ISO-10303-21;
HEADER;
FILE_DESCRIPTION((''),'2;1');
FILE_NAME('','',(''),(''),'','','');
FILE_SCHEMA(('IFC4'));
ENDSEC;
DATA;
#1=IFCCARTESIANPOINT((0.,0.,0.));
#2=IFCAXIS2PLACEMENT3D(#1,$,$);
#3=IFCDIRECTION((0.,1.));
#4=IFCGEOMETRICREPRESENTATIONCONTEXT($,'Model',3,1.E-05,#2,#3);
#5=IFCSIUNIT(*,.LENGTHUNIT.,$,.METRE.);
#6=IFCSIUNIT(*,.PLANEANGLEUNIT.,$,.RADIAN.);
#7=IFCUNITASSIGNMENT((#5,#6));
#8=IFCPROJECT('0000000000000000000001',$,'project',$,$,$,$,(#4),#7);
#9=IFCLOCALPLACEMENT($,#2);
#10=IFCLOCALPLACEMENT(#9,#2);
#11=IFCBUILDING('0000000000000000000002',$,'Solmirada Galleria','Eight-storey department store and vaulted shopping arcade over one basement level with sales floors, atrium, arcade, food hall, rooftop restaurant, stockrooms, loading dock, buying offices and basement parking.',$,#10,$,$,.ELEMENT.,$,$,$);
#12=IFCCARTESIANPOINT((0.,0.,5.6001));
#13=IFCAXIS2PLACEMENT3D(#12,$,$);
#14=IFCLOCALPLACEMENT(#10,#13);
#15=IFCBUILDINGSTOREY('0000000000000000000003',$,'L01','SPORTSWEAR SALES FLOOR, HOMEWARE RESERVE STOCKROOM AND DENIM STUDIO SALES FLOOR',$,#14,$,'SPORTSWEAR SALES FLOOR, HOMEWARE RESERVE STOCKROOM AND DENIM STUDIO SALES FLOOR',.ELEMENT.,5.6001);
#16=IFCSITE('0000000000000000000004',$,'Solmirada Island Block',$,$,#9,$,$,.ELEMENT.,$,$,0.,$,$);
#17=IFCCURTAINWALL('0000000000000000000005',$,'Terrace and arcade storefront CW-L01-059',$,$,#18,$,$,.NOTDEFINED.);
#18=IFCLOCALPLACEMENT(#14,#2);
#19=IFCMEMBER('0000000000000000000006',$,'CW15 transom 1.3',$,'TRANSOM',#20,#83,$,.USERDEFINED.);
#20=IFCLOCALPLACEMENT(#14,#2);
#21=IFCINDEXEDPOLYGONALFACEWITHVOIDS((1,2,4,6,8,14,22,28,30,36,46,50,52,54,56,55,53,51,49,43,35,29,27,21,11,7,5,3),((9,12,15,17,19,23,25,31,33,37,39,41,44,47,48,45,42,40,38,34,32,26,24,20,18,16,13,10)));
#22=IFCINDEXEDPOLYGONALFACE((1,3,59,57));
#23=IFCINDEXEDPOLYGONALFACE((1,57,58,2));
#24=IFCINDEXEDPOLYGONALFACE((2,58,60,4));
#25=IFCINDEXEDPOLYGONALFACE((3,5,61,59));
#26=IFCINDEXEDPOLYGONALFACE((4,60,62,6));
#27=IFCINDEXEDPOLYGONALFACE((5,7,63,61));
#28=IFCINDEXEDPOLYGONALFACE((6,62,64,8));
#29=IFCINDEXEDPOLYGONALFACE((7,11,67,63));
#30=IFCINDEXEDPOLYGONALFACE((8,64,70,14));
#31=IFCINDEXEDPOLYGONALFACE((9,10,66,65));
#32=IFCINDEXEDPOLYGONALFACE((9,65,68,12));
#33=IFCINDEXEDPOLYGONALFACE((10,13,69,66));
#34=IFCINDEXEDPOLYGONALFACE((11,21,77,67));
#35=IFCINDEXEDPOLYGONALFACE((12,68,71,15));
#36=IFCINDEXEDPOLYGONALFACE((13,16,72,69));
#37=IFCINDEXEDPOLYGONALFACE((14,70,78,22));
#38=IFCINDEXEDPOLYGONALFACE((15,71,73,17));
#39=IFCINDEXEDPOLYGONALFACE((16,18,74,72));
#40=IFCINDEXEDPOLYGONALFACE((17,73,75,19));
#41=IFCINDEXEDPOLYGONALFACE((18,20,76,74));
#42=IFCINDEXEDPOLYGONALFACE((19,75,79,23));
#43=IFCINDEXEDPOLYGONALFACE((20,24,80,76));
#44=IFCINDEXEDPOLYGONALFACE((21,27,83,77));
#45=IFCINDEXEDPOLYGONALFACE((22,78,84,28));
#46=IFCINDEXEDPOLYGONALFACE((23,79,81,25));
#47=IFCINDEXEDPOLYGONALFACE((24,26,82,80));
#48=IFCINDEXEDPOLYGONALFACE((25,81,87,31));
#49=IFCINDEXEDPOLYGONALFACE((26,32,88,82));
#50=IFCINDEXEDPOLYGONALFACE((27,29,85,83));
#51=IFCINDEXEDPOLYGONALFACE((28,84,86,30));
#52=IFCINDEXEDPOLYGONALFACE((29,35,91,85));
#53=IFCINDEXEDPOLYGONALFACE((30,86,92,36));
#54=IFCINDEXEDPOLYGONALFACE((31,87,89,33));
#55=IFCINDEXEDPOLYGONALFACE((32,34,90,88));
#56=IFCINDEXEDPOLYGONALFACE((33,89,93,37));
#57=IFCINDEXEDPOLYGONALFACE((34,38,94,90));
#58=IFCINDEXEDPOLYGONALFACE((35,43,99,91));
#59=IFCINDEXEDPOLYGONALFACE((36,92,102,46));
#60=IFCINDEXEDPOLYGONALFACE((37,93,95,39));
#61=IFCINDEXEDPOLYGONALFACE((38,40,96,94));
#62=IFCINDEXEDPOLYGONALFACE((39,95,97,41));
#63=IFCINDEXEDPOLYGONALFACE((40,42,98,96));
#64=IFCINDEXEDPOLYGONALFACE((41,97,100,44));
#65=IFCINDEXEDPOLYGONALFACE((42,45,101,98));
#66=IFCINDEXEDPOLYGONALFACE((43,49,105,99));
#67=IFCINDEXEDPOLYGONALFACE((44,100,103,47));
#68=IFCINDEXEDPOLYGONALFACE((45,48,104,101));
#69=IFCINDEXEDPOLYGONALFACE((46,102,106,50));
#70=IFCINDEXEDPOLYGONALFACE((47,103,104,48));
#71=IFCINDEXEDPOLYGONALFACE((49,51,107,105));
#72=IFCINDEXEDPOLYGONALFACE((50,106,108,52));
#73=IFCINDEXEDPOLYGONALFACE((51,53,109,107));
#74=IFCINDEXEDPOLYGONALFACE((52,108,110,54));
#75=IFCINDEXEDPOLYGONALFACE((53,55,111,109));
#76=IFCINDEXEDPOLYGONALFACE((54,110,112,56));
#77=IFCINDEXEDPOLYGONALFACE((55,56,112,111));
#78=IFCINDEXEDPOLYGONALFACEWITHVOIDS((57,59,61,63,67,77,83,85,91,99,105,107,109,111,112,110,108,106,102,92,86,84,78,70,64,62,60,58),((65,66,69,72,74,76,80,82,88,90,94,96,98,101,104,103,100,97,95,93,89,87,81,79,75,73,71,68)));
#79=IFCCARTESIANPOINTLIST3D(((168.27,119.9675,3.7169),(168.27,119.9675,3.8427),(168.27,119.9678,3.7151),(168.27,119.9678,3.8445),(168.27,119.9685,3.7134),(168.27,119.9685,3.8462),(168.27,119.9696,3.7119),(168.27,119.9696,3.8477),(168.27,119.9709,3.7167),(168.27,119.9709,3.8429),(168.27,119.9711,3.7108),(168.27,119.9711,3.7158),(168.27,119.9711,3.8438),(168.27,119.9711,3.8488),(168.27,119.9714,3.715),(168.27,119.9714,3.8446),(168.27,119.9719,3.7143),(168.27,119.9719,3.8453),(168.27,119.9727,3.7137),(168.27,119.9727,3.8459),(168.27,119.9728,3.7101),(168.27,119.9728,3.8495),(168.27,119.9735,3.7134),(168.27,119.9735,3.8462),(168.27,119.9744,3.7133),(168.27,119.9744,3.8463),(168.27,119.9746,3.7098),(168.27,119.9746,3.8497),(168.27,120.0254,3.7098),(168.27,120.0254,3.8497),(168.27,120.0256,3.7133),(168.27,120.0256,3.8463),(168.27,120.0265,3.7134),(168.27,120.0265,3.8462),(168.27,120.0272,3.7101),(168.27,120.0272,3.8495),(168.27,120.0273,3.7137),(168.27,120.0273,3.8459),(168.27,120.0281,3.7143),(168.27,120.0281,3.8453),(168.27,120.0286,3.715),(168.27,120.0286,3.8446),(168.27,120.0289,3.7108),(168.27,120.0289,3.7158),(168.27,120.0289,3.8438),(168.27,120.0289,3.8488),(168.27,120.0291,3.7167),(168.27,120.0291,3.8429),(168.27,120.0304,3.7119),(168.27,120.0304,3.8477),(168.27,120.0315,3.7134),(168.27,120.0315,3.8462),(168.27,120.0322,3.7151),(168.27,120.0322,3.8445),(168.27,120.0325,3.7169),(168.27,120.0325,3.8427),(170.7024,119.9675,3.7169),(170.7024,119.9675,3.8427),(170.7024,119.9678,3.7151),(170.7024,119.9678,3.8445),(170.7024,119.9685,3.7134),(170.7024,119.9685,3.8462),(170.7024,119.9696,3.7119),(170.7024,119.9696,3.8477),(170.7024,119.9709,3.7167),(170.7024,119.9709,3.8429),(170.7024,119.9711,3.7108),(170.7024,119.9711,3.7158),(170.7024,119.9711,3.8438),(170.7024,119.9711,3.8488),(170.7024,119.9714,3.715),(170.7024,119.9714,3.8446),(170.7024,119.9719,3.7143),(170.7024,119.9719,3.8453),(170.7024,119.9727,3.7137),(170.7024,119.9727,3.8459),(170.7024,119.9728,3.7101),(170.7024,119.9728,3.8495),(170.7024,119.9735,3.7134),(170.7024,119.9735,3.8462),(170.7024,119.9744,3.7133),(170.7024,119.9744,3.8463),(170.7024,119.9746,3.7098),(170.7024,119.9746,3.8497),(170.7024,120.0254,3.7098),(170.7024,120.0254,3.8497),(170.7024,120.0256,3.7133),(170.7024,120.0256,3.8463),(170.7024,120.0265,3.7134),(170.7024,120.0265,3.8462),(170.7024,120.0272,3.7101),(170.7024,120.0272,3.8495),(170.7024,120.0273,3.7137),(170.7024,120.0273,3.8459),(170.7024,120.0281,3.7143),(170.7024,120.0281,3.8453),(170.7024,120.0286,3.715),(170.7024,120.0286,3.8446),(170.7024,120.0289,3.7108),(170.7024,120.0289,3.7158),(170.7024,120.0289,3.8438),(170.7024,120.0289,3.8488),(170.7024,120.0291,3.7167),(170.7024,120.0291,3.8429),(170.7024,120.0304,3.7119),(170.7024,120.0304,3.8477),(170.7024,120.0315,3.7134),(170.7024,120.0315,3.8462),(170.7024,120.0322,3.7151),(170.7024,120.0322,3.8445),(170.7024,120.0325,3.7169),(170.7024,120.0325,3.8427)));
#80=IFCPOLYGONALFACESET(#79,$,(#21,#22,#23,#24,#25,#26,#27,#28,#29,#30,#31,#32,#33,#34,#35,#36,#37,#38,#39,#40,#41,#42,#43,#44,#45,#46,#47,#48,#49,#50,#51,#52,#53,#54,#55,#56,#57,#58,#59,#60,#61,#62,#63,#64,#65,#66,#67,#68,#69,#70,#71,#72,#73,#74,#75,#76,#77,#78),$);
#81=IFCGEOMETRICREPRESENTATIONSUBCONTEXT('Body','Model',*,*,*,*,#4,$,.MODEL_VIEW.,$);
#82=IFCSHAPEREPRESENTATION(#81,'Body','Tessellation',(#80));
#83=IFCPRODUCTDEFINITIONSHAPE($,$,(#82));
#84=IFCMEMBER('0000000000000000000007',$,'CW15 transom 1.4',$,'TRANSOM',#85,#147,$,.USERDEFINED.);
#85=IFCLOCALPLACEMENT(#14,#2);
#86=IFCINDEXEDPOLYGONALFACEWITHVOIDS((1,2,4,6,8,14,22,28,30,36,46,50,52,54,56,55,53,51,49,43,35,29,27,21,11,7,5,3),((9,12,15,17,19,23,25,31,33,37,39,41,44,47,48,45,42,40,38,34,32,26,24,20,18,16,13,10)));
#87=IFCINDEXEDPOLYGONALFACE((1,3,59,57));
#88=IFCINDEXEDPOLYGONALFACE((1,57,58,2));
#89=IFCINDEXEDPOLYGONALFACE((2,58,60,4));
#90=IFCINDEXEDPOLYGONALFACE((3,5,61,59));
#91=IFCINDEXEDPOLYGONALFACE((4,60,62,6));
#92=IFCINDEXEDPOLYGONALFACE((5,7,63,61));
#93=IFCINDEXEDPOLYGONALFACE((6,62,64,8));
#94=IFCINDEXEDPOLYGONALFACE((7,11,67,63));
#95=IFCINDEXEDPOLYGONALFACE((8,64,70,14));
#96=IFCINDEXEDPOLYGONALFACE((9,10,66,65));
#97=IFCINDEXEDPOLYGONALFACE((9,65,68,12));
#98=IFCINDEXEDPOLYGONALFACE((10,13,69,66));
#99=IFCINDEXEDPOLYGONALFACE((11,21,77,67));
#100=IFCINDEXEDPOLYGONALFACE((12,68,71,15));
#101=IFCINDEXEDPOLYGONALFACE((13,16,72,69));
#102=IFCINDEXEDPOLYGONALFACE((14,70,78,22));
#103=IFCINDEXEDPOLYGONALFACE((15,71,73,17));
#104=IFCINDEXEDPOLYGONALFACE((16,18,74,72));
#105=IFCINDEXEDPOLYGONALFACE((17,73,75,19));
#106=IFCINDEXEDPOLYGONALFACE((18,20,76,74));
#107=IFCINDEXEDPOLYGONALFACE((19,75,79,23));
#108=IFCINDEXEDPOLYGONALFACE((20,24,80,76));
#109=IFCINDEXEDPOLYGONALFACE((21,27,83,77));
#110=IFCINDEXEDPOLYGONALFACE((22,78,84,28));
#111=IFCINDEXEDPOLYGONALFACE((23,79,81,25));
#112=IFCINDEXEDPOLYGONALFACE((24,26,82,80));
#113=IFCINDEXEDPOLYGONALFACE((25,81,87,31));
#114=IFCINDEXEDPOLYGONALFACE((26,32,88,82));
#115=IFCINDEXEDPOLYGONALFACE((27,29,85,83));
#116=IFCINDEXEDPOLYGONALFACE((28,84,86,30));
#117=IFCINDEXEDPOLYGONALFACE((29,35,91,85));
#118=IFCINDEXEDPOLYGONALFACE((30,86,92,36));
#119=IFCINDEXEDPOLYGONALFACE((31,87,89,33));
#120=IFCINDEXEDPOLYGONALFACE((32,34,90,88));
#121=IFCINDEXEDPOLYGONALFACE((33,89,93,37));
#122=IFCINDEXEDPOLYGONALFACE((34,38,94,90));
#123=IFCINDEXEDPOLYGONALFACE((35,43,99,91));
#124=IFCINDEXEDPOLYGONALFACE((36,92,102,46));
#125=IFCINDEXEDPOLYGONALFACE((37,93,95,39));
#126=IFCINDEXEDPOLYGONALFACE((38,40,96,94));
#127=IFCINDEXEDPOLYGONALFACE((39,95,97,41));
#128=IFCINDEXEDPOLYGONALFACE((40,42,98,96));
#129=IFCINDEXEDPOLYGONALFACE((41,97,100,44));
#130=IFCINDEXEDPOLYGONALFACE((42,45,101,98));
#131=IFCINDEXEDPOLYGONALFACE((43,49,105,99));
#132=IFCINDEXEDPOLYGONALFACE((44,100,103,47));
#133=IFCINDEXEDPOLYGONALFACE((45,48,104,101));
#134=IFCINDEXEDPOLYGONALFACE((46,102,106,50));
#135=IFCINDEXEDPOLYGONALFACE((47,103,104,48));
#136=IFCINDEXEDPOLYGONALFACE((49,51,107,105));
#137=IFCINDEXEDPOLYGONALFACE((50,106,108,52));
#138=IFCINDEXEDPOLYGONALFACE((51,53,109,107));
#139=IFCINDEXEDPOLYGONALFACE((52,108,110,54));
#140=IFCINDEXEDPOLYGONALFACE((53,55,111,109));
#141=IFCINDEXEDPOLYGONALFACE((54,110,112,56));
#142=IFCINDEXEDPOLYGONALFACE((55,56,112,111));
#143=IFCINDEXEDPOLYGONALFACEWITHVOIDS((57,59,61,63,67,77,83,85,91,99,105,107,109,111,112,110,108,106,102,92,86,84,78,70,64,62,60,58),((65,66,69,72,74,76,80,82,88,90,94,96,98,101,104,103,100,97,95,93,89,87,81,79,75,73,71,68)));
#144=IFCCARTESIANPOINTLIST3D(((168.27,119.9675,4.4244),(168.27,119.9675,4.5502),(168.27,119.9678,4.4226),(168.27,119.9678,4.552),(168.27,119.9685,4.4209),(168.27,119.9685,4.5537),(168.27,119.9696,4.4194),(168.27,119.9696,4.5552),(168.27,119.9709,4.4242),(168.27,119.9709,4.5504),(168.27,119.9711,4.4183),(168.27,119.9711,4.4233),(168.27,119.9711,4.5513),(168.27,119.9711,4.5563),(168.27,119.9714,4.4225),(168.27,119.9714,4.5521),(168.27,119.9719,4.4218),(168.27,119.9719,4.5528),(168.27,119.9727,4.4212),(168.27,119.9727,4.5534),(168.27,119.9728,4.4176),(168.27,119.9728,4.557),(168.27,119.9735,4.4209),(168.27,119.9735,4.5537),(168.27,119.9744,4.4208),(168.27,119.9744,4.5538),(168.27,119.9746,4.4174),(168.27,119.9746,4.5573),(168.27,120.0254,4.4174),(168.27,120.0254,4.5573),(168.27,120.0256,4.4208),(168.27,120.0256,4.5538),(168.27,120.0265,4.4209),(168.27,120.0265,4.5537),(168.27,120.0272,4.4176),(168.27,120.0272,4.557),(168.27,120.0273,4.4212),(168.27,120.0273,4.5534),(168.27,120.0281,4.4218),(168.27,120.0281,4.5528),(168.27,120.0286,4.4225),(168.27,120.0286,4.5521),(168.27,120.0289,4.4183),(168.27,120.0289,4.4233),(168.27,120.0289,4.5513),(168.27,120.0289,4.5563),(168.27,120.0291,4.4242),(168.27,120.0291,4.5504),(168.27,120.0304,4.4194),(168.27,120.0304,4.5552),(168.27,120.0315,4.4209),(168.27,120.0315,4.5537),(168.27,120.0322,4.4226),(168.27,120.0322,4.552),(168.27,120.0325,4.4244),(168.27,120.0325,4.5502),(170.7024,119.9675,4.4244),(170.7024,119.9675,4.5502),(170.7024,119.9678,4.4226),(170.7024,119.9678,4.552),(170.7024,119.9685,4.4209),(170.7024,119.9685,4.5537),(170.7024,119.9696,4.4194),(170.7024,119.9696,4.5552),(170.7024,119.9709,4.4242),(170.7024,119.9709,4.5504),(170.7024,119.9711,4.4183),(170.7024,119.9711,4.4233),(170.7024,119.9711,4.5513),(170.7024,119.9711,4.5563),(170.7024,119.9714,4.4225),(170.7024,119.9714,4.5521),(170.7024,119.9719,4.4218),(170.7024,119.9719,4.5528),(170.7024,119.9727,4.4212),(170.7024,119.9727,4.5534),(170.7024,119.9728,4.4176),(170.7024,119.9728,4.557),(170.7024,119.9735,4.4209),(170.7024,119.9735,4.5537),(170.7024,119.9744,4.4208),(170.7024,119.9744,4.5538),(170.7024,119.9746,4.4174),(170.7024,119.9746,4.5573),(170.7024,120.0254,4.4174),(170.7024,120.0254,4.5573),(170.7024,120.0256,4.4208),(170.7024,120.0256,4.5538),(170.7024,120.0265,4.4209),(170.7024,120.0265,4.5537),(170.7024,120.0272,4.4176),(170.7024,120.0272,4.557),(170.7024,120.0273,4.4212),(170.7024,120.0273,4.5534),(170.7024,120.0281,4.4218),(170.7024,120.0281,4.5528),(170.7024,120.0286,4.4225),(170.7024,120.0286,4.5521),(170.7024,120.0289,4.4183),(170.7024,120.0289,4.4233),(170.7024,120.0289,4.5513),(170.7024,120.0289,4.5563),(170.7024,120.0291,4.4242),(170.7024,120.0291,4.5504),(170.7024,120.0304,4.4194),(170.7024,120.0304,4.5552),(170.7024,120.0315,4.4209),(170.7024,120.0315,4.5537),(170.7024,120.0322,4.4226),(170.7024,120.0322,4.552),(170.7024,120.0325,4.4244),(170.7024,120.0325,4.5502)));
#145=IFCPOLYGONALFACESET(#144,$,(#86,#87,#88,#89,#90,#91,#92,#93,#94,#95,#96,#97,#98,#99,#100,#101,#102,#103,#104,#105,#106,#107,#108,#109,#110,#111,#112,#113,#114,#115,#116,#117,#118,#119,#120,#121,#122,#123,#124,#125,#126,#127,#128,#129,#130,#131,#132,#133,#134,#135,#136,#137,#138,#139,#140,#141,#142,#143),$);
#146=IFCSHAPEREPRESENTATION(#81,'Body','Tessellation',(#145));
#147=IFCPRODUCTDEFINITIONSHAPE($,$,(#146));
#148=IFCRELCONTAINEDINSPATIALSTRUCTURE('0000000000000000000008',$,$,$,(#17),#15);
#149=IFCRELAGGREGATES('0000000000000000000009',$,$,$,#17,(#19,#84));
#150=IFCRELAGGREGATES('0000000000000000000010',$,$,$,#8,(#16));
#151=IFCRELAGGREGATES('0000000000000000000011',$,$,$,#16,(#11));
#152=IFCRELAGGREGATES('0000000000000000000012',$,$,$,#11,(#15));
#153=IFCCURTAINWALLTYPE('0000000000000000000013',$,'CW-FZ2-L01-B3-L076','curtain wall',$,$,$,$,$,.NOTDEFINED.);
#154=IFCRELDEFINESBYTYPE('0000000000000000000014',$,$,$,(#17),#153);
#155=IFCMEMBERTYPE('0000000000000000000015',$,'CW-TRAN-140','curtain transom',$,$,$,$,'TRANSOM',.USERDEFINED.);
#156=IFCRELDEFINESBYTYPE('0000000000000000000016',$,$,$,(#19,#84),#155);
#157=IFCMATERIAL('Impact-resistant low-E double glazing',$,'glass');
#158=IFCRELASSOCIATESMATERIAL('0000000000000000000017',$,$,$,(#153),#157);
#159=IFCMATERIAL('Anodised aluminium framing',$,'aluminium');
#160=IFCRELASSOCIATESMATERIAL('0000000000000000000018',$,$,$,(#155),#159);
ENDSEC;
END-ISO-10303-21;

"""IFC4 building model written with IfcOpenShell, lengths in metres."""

from ifc_helpers import new_model, si_unit, direction, frame, origin, origin_2d, place, context, subcontext, project, spatial, hollow_rectangle, extrude, material, material_profile, profile_set, type_object, element, aggregate, save


model = new_model("IFC4")

# Units and contexts
model_context = context("Model", 3, precision=1e-05, world=origin(), true_north=direction((0.0, 1.0)))
body_context = subcontext(model_context, "Body", "Model", "MODEL_VIEW")
ifc_project = project(units=[si_unit("LENGTHUNIT", "METRE"), si_unit("PLANEANGLEUNIT", "RADIAN")], contexts=[model_context])

# Site, building, storey
site_placement = place(None, origin())
site = spatial("IfcSite", under=ifc_project, at=site_placement, Name="Solmirada Island Block", CompositionType="ELEMENT", RefElevation=0.0)
building_placement = place(site_placement, origin())
building = spatial("IfcBuilding", under=site, at=building_placement, Name="Solmirada Galleria", Description="Eight-storey department store and vaulted shopping arcade over one basement level with sales floors, atrium, arcade, food hall, rooftop restaurant, stockrooms, loading dock, buying offices and basement parking.", CompositionType="ELEMENT")
storey_placement = place(building_placement, frame((0.0, 0.0, 5.6001)))
storey = spatial("IfcBuildingStorey", under=building, at=storey_placement, Name="L01", Description="SPORTSWEAR SALES FLOOR, HOMEWARE RESERVE STOCKROOM AND DENIM STUDIO SALES FLOOR", LongName="SPORTSWEAR SALES FLOOR, HOMEWARE RESERVE STOCKROOM AND DENIM STUDIO SALES FLOOR", CompositionType="ELEMENT", Elevation=5.6001)

# Curtain wall
ifc_material_1 = material(Name="Impact-resistant low-E double glazing", Category="glass")
curtain_wall_type = type_object("IfcCurtainWallType", Name="CW-FZ2-L01-B3-L076", Description="curtain wall", PredefinedType="NOTDEFINED", material=ifc_material_1)
curtain_wall_1_placement = place(storey_placement, origin())
curtain_wall_1 = element("IfcCurtainWall", 1, at=curtain_wall_1_placement, inside=storey, type_object=curtain_wall_type, Name="Terrace and arcade storefront CW-L01-059", PredefinedType="NOTDEFINED")
ifc_material_2 = material(Name="Anodised aluminium framing", Category="aluminium")

# Members
ifc_material_profile_1 = material_profile(ifc_material_2, hollow_rectangle(XDim=0.0649, YDim=0.1399, WallThickness=0.0034, InnerFilletRadius=0.0034, OuterFilletRadius=0.0071, at=origin_2d()), Name="ALU-TRAN-140X65")
ifc_profile_set_1 = profile_set([ifc_material_profile_1], Name="Anodised aluminium framing")
member_type_1 = type_object("IfcMemberType", Name="CW-TRAN-140", Description="curtain transom", ElementType="TRANSOM", PredefinedType="USERDEFINED", material=ifc_profile_set_1)
member_1_placement = place(storey_placement, frame((168.27, 120.0, 3.7798), z_axis=(1.0, 0.0, 0.0), x_axis=(0.0, 1.0, 0.0)))
member_1 = element("IfcMember", 2, at=member_1_placement, type_object=member_type_1, Name="CW15 transom 1.3", ObjectType="TRANSOM", PredefinedType="USERDEFINED", context=body_context, shape_type="SweptSolid", body=[
    extrude(hollow_rectangle(XDim=0.0649, YDim=0.1399, WallThickness=0.0034, InnerFilletRadius=0.0034, OuterFilletRadius=0.0071, at=origin_2d()), origin(), (0.0, 0.0, 1.0), 2.4324),
])
member_2_placement = place(storey_placement, frame((168.27, 120.0, 4.4873), z_axis=(1.0, 0.0, 0.0), x_axis=(0.0, 1.0, 0.0)))
member_2 = element("IfcMember", 3, at=member_2_placement, type_object=member_type_1, Name="CW15 transom 1.4", ObjectType="TRANSOM", PredefinedType="USERDEFINED", context=body_context, shape_type="SweptSolid", body=[
    extrude(hollow_rectangle(XDim=0.0649, YDim=0.1399, WallThickness=0.0034, InnerFilletRadius=0.0034, OuterFilletRadius=0.0071, at=origin_2d()), origin(), (0.0, 0.0, 1.0), 2.4324),
])

aggregate(curtain_wall_1, [member_1, member_2])

save(model, "model.ifc")
